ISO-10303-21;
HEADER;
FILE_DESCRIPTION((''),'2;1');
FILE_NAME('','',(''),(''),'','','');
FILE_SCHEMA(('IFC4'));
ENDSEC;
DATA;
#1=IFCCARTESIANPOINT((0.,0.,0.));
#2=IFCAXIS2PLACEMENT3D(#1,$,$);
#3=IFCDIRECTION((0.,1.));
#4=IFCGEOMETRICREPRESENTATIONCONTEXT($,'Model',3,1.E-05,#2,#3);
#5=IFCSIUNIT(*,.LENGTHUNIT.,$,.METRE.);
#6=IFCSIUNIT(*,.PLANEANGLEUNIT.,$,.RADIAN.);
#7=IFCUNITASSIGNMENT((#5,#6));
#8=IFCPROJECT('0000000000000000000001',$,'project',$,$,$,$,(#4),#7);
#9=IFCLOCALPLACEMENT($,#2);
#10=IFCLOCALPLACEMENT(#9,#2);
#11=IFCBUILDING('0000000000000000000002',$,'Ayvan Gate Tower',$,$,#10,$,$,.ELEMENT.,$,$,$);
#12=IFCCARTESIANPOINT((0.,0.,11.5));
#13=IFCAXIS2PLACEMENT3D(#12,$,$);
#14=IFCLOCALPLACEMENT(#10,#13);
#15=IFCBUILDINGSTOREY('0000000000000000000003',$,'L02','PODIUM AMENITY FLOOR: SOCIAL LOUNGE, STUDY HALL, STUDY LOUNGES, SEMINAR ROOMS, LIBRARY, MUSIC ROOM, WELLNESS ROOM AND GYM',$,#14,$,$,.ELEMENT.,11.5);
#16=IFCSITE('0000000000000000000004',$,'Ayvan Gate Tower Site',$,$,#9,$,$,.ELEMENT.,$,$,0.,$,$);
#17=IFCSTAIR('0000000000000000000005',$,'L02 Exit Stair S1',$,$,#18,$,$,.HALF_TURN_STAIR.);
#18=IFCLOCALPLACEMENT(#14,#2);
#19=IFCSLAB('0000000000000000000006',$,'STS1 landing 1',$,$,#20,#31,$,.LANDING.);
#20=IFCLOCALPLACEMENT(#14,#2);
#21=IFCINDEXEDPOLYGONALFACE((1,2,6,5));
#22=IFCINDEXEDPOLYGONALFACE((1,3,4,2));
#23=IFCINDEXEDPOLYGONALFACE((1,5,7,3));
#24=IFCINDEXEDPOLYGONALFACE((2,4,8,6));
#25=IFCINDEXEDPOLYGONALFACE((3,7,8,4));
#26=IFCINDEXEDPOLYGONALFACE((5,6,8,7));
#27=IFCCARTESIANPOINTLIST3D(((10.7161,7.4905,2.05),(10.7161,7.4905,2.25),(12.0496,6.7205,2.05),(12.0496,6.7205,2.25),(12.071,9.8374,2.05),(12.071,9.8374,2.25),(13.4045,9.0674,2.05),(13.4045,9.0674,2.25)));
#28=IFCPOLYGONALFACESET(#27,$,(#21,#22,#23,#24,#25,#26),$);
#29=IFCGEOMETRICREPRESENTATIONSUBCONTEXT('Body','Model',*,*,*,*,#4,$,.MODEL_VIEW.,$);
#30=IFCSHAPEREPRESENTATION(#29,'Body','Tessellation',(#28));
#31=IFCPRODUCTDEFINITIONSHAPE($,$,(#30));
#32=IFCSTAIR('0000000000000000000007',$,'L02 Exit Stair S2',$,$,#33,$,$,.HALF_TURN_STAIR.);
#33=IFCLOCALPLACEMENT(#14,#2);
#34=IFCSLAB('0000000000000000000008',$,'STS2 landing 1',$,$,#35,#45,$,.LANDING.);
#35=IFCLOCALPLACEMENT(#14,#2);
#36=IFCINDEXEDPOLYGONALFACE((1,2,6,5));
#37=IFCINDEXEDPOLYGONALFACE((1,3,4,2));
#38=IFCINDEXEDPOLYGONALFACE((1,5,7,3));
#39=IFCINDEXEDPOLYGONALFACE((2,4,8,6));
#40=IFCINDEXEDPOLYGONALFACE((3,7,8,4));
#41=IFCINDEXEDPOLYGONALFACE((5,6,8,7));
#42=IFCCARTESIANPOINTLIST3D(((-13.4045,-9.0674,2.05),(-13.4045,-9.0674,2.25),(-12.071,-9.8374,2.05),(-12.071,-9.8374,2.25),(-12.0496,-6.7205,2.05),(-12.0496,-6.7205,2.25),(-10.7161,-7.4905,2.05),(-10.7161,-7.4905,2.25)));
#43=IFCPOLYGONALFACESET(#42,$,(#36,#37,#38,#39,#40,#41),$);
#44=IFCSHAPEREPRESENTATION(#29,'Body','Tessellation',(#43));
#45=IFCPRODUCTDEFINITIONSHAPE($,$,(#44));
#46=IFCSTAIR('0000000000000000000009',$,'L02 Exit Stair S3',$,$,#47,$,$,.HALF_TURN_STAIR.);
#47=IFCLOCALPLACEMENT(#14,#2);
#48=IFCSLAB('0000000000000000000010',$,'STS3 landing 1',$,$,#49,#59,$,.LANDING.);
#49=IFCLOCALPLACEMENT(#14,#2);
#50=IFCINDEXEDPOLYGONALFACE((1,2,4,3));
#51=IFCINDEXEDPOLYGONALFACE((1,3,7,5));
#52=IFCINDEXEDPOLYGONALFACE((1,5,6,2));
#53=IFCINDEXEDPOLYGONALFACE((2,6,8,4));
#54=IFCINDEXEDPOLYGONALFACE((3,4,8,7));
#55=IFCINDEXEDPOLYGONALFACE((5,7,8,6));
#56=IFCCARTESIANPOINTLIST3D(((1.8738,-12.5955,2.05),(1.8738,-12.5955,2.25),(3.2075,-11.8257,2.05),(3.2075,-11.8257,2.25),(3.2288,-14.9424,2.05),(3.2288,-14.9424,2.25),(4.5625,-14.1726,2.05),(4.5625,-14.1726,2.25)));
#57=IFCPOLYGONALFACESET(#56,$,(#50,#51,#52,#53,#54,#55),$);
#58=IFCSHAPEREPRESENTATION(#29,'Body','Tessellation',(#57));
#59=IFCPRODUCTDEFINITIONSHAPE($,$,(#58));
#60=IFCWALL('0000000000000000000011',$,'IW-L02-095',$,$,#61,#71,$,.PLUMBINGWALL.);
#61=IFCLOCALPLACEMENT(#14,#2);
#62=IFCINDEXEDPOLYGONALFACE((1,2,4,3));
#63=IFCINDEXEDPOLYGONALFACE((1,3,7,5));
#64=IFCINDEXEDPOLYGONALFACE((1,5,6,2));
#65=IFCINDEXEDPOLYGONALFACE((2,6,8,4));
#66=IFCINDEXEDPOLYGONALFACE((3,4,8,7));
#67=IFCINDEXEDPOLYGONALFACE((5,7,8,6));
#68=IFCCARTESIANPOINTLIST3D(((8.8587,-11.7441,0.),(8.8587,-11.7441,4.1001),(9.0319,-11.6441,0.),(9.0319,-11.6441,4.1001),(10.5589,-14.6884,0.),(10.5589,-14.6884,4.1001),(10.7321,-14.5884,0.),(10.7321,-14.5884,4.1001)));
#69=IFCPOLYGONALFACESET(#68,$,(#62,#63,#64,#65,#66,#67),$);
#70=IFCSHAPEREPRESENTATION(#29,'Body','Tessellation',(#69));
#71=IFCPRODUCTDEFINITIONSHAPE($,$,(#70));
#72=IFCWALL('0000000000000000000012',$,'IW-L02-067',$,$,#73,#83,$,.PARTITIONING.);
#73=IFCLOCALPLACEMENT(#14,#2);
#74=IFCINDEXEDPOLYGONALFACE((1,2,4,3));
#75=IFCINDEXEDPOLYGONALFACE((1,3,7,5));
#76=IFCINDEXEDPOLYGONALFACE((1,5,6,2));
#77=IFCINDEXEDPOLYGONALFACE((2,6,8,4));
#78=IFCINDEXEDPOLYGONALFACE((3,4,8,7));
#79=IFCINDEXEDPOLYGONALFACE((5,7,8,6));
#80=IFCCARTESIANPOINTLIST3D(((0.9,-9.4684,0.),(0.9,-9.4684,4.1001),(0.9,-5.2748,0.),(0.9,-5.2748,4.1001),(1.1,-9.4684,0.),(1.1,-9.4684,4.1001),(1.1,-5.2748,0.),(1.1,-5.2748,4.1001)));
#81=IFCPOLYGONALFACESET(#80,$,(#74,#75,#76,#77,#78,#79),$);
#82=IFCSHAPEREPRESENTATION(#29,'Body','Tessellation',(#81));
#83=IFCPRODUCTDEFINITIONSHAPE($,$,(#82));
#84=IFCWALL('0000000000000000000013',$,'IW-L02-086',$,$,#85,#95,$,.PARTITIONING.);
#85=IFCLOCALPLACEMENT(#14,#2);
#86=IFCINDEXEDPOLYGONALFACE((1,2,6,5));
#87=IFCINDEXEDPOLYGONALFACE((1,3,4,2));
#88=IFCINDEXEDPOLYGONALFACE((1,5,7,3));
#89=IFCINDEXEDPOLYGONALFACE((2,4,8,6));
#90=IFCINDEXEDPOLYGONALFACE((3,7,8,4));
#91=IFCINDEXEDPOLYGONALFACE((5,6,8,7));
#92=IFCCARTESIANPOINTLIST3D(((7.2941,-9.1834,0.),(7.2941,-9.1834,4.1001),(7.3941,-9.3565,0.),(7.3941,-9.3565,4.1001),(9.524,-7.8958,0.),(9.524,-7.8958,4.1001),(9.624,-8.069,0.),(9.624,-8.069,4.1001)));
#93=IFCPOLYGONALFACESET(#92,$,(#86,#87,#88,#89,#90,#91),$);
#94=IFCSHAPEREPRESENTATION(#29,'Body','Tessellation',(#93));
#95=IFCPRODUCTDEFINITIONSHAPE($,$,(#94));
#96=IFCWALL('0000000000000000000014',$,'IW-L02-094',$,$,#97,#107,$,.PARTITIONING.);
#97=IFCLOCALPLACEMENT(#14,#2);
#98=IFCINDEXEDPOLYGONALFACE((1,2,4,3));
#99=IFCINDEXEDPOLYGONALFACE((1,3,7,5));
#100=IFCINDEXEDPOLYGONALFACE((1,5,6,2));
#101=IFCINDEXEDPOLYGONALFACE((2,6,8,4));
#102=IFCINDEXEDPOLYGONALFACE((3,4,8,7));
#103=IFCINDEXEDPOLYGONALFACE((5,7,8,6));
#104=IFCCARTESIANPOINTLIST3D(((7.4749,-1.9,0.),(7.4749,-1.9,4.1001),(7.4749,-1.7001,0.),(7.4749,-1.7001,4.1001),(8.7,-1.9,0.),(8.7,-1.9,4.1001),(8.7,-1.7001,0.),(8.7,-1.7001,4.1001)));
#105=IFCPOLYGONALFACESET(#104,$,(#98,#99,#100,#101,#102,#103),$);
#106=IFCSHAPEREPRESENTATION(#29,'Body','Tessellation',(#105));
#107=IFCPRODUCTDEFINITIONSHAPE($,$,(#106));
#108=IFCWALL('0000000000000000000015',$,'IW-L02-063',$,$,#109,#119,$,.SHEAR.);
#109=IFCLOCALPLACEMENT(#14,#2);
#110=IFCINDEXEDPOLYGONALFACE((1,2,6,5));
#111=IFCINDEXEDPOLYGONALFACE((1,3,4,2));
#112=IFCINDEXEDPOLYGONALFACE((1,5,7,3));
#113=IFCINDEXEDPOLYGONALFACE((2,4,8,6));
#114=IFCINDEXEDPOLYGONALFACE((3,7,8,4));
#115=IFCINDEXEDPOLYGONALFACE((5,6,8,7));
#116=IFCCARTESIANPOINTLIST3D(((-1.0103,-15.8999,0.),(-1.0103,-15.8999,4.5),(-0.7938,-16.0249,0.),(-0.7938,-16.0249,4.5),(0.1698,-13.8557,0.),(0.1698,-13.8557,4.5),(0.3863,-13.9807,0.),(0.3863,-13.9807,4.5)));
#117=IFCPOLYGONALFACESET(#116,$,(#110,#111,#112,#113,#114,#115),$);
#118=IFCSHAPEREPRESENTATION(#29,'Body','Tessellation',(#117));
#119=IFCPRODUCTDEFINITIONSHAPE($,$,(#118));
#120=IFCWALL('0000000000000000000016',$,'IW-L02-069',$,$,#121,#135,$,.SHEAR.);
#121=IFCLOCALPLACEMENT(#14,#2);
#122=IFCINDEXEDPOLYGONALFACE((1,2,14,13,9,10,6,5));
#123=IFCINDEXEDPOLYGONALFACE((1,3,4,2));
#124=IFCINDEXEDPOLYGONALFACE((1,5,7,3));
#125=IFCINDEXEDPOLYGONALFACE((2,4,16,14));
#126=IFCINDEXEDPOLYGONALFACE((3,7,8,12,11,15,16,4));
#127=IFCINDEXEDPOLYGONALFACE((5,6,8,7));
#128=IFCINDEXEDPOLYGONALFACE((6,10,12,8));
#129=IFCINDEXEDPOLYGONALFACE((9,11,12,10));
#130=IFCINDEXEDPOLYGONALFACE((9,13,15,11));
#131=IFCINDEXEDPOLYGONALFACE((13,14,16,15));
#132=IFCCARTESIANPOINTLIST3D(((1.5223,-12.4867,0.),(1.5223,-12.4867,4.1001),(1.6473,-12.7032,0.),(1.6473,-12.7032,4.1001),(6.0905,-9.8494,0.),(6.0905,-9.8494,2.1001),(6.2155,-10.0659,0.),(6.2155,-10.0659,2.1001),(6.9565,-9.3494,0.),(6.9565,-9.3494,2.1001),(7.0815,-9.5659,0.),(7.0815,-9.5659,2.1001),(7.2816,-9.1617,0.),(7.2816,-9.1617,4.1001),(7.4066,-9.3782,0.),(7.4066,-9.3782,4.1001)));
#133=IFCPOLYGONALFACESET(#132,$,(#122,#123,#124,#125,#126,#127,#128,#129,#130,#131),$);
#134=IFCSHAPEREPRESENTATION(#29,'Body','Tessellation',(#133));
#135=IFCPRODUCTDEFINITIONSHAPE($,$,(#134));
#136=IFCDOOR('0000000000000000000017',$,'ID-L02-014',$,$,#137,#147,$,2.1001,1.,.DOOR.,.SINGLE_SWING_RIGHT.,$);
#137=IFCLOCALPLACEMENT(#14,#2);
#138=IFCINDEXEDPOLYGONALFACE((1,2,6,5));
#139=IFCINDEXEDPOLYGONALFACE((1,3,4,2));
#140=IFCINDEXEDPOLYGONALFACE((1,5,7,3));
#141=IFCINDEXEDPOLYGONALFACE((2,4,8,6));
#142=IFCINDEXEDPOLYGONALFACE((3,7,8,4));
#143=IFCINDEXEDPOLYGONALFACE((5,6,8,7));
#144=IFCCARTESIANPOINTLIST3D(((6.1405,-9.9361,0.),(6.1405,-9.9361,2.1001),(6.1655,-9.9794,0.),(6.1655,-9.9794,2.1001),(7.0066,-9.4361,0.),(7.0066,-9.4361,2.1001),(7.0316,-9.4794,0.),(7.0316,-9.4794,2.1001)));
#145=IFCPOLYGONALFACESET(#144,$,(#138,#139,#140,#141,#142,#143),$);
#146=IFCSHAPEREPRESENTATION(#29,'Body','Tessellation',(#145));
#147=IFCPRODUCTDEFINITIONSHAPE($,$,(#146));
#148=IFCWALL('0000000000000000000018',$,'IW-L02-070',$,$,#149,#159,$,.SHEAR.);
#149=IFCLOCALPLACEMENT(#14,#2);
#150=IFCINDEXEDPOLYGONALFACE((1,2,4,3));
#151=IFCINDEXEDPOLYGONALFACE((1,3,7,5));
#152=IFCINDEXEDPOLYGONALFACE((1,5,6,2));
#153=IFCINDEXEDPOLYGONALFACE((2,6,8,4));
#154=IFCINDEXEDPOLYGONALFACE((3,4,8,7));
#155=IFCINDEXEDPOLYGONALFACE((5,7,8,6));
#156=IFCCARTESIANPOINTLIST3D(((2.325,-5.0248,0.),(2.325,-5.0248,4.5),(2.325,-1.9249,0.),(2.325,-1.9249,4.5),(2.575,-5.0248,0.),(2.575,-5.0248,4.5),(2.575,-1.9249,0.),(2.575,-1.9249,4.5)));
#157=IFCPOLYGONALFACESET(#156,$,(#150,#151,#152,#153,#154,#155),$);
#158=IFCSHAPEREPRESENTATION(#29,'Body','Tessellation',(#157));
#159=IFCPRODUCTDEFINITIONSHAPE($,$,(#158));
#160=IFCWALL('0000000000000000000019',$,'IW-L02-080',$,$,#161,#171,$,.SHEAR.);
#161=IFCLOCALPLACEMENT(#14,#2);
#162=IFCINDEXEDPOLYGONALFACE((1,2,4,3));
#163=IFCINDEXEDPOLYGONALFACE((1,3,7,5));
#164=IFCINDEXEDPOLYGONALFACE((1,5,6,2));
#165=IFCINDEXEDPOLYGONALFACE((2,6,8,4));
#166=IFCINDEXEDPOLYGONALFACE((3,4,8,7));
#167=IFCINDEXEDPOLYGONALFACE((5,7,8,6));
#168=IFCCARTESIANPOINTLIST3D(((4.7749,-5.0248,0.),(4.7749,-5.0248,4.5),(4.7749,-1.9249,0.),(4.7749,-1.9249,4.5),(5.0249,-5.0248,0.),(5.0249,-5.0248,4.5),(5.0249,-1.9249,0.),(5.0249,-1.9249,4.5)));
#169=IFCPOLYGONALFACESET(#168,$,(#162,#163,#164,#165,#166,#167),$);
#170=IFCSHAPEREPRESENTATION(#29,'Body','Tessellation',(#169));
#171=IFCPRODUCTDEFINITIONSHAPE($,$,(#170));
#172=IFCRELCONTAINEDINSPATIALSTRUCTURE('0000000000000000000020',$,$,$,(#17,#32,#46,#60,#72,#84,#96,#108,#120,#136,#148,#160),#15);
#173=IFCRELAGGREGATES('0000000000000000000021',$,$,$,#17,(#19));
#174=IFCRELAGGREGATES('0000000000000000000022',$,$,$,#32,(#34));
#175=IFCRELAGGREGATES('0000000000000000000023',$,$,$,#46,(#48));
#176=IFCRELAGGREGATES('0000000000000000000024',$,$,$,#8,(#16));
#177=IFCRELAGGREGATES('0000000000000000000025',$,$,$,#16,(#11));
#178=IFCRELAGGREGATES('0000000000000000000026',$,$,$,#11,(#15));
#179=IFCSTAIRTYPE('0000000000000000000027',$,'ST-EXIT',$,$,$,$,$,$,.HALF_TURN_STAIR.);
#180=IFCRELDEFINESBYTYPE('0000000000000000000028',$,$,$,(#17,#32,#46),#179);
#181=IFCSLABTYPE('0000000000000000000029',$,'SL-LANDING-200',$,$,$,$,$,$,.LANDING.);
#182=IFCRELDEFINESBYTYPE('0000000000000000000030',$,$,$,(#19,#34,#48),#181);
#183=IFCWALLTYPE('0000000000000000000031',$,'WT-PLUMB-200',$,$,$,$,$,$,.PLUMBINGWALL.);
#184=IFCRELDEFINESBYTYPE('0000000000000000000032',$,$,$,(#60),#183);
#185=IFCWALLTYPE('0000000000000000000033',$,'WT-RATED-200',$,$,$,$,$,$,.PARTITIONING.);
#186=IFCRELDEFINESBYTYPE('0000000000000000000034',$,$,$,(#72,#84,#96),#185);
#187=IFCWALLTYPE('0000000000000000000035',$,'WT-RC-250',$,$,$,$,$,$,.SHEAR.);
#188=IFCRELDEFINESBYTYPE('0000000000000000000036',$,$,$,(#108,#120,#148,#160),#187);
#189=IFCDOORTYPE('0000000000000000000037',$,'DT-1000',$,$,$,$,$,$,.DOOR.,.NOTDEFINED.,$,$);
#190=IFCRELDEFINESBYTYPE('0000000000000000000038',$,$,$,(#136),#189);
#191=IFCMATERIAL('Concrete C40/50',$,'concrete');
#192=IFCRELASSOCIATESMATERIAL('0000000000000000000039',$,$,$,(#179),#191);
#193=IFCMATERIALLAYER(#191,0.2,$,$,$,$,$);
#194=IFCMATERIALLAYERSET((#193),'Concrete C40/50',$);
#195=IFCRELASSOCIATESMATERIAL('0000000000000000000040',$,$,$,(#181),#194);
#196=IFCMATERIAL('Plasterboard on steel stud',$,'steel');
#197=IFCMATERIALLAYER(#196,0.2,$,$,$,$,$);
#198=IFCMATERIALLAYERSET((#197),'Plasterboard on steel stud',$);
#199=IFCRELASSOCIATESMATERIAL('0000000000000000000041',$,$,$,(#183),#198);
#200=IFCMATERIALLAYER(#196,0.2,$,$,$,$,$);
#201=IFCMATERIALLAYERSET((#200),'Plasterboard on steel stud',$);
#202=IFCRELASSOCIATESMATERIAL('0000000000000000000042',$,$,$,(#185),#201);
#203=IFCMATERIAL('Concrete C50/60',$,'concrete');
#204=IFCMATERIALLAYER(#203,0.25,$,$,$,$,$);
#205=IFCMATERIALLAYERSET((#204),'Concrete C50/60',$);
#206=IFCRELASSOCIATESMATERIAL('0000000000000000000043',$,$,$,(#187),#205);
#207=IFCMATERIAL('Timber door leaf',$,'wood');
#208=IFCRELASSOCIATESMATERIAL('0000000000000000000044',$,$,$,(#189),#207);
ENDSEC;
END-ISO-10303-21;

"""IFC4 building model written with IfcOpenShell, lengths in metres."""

from ifc_helpers import new_model, si_unit, direction, frame, frame_2d, origin, place, context, subcontext, project, spatial, polyline, rectangle, outline, extrude, material, layer, layer_set, type_object, element, fill, aggregate, save


model = new_model("IFC4")

# Units and contexts
model_context = context("Model", 3, precision=1e-05, world=origin(), true_north=direction((0.0, 1.0)))
body_context = subcontext(model_context, "Body", "Model", "MODEL_VIEW")
ifc_project = project(units=[si_unit("LENGTHUNIT", "METRE"), si_unit("PLANEANGLEUNIT", "RADIAN")], contexts=[model_context])

# Site, building, storey
site_placement = place(None, origin())
site = spatial("IfcSite", under=ifc_project, at=site_placement, Name="Ayvan Gate Tower Site", CompositionType="ELEMENT", RefElevation=0.0)
building_placement = place(site_placement, origin())
building = spatial("IfcBuilding", under=site, at=building_placement, Name="Ayvan Gate Tower", CompositionType="ELEMENT")
storey_placement = place(building_placement, frame((0.0, 0.0, 11.5)))
storey = spatial("IfcBuildingStorey", under=building, at=storey_placement, Name="L02", Description="PODIUM AMENITY FLOOR: SOCIAL LOUNGE, STUDY HALL, STUDY LOUNGES, SEMINAR ROOMS, LIBRARY, MUSIC ROOM, WELLNESS ROOM AND GYM", CompositionType="ELEMENT", Elevation=11.5)

# Stairs, slabs
ifc_material_1 = material(Name="Concrete C40/50", Category="concrete")
stair_type = type_object("IfcStairType", Name="ST-EXIT", PredefinedType="HALF_TURN_STAIR", material=ifc_material_1)
stair_1_placement = place(storey_placement, origin())
stair_1 = element("IfcStair", 1, at=stair_1_placement, inside=storey, type_object=stair_type, Name="L02 Exit Stair S1", PredefinedType="HALF_TURN_STAIR")
ifc_layer_1 = layer(ifc_material_1, 0.2)
ifc_layer_set_1 = layer_set([ifc_layer_1], Name="Concrete C40/50")
slab_type = type_object("IfcSlabType", Name="SL-LANDING-200", PredefinedType="LANDING", material=ifc_layer_set_1)
slab_1_placement = place(storey_placement, frame((0.0, 0.0, 2.05)))
slab_1 = element("IfcSlab", 2, at=slab_1_placement, type_object=slab_type, Name="STS1 landing 1", PredefinedType="LANDING", context=body_context, shape_type="SweptSolid", body=[
    extrude(outline(polyline([(10.7161, 7.4905), (12.0496, 6.7205), (13.4045, 9.0674), (12.071, 9.8374), (10.7161, 7.4905)])), origin(), (0.0, 0.0, 1.0), 0.2),
])
aggregate(stair_1, [slab_1])
stair_2_placement = place(storey_placement, origin())
stair_2 = element("IfcStair", 3, at=stair_2_placement, inside=storey, type_object=stair_type, Name="L02 Exit Stair S2", PredefinedType="HALF_TURN_STAIR")
slab_2_placement = place(storey_placement, frame((0.0, 0.0, 2.05)))
slab_2 = element("IfcSlab", 4, at=slab_2_placement, type_object=slab_type, Name="STS2 landing 1", PredefinedType="LANDING", context=body_context, shape_type="SweptSolid", body=[
    extrude(outline(polyline([(-10.7161, -7.4905), (-12.0496, -6.7205), (-13.4045, -9.0674), (-12.071, -9.8374), (-10.7161, -7.4905)])), origin(), (0.0, 0.0, 1.0), 0.2),
])
aggregate(stair_2, [slab_2])
stair_3_placement = place(storey_placement, origin())
stair_3 = element("IfcStair", 5, at=stair_3_placement, inside=storey, type_object=stair_type, Name="L02 Exit Stair S3", PredefinedType="HALF_TURN_STAIR")
slab_3_placement = place(storey_placement, frame((0.0, 0.0, 2.05)))
slab_3 = element("IfcSlab", 6, at=slab_3_placement, type_object=slab_type, Name="STS3 landing 1", PredefinedType="LANDING", context=body_context, shape_type="SweptSolid", body=[
    extrude(outline(polyline([(3.2075, -11.8257), (1.8738, -12.5955), (3.2288, -14.9424), (4.5625, -14.1726), (3.2075, -11.8257)])), origin(), (0.0, 0.0, 1.0), 0.2),
])
aggregate(stair_3, [slab_3])

# Walls
ifc_material_2 = material(Name="Plasterboard on steel stud", Category="steel")
ifc_layer_2 = layer(ifc_material_2, 0.2)
ifc_layer_set_2 = layer_set([ifc_layer_2], Name="Plasterboard on steel stud")
wall_type_1 = type_object("IfcWallType", Name="WT-PLUMB-200", PredefinedType="PLUMBINGWALL", material=ifc_layer_set_2)
wall_1_placement = place(storey_placement, frame((8.9453, -11.6941, 0.0), z_axis=(0.0, 0.0, 1.0), x_axis=(0.500062, -0.865989, 0.0)))
element("IfcWall", 7, at=wall_1_placement, inside=storey, type_object=wall_type_1, Name="IW-L02-095", PredefinedType="PLUMBINGWALL", context=body_context, shape_type="SweptSolid", body=[
    extrude(rectangle(XDim=3.3999, YDim=0.2, at=frame_2d((1.7, 0.0))), origin(), (0.0, 0.0, 1.0), 4.1001),
])
ifc_layer_3 = layer(ifc_material_2, 0.2)
ifc_layer_set_3 = layer_set([ifc_layer_3], Name="Plasterboard on steel stud")
wall_type_2 = type_object("IfcWallType", Name="WT-RATED-200", PredefinedType="PARTITIONING", material=ifc_layer_set_3)
wall_2_placement = place(storey_placement, frame((1.0, -5.2749, 0.0), z_axis=(0.0, 0.0, 1.0), x_axis=(0.0, -1.0, 0.0)))
element("IfcWall", 8, at=wall_2_placement, inside=storey, type_object=wall_type_2, Name="IW-L02-067", PredefinedType="PARTITIONING", context=body_context, shape_type="SweptSolid", body=[
    extrude(rectangle(XDim=4.1936, YDim=0.2, at=frame_2d((2.0967, 0.0))), origin(), (0.0, 0.0, 1.0), 4.1001),
])
wall_3_placement = place(storey_placement, frame((7.344, -9.27, 0.0), z_axis=(0.0, 0.0, 1.0), x_axis=(0.866006, 0.500034, 0.0)))
element("IfcWall", 9, at=wall_3_placement, inside=storey, type_object=wall_type_2, Name="IW-L02-086", PredefinedType="PARTITIONING", context=body_context, shape_type="SweptSolid", body=[
    extrude(rectangle(XDim=2.575, YDim=0.2, at=frame_2d((1.2876, 0.0))), origin(), (0.0, 0.0, 1.0), 4.1001),
])
wall_4_placement = place(storey_placement, frame((8.7, -1.8, 0.0), z_axis=(0.0, 0.0, 1.0), x_axis=(-1.0, 0.0, 0.0)))
element("IfcWall", 10, at=wall_4_placement, inside=storey, type_object=wall_type_2, Name="IW-L02-094", PredefinedType="PARTITIONING", context=body_context, shape_type="SweptSolid", body=[
    extrude(rectangle(XDim=1.2251, YDim=0.2, at=frame_2d((0.6125, 0.0))), origin(), (0.0, 0.0, 1.0), 4.1001),
])
ifc_material_3 = material(Name="Concrete C50/60", Category="concrete")
ifc_layer_4 = layer(ifc_material_3, 0.25)
ifc_layer_set_4 = layer_set([ifc_layer_4], Name="Concrete C50/60")
wall_type_3 = type_object("IfcWallType", Name="WT-RC-250", PredefinedType="SHEAR", material=ifc_layer_set_4)
wall_5_placement = place(storey_placement, frame((0.2781, -13.9182, 0.0), z_axis=(0.0, 0.0, 1.0), x_axis=(-0.499988, -0.866032, 0.0)))
element("IfcWall", 11, at=wall_5_placement, inside=storey, type_object=wall_type_3, Name="IW-L02-063", PredefinedType="SHEAR", context=body_context, shape_type="SweptSolid", body=[
    extrude(rectangle(XDim=2.3604, YDim=0.25, at=frame_2d((1.1802, 0.0))), origin(), (0.0, 0.0, 1.0), 4.5),
])

# Wall, opening, door
wall_6_placement = place(storey_placement, frame((1.5847, -12.595, 0.0), z_axis=(0.0, 0.0, 1.0), x_axis=(0.866036, 0.499981, 0.0)))
wall_6 = element("IfcWall", 12, at=wall_6_placement, inside=storey, type_object=wall_type_3, Name="IW-L02-069", PredefinedType="SHEAR", context=body_context, shape_type="SweptSolid", body=[
    extrude(rectangle(XDim=6.6501, YDim=0.25, at=frame_2d((3.3252, 0.0))), origin(), (0.0, 0.0, 1.0), 4.1001),
])
opening_1_placement = place(wall_6_placement, frame((5.2749, 0.0, 0.0)))
opening_1 = element("IfcOpeningElement", 13, at=opening_1_placement, cuts=wall_6, PredefinedType="OPENING", context=body_context, shape_type="SweptSolid", body=[
    extrude(rectangle(XDim=1.0, YDim=2.1001, at=frame_2d((0.5, 1.05))), frame((0.0, 0.135, 0.0), z_axis=(0.0, -1.0, 0.0), x_axis=(1.0, 0.0, 0.0)), (0.0, 0.0, 1.0), 0.27),
])
ifc_material_4 = material(Name="Timber door leaf", Category="wood")
door_type = type_object("IfcDoorType", Name="DT-1000", OperationType="NOTDEFINED", PredefinedType="DOOR", material=ifc_material_4)
door_1_placement = place(opening_1_placement, origin())
door_1 = element("IfcDoor", 14, at=door_1_placement, inside=storey, type_object=door_type, Name="ID-L02-014", OperationType="SINGLE_SWING_RIGHT", OverallHeight=2.1001, OverallWidth=1.0, PredefinedType="DOOR", context=body_context, shape_type="SweptSolid", body=[
    extrude(rectangle(XDim=1.0, YDim=2.1001, at=frame_2d((0.5, 1.05))), frame((0.0, 0.0249, 0.0), z_axis=(0.0, -1.0, 0.0), x_axis=(1.0, 0.0, 0.0)), (0.0, 0.0, 1.0), 0.05),
])
fill(opening_1, door_1)

# Walls
for number, where, z_axis, x_axis, name in (
    (15, (2.45, -1.925, 0.0), (0.0, 0.0, 1.0), (0.0, -1.0, 0.0), "IW-L02-070"),
    (16, (4.8999, -1.925, 0.0), (0.0, 0.0, 1.0), (0.0, -1.0, 0.0), "IW-L02-080"),
):
    element("IfcWall", number, at=place(storey_placement, frame(where, z_axis=z_axis, x_axis=x_axis)), inside=storey, type_object=wall_type_3, Name=name, PredefinedType="SHEAR", context=body_context, shape_type="SweptSolid", body=[
        extrude(rectangle(XDim=3.0999, YDim=0.25, at=frame_2d((1.5498, 0.0))), origin(), (0.0, 0.0, 1.0), 4.5),
    ])

save(model, "model.ifc")
